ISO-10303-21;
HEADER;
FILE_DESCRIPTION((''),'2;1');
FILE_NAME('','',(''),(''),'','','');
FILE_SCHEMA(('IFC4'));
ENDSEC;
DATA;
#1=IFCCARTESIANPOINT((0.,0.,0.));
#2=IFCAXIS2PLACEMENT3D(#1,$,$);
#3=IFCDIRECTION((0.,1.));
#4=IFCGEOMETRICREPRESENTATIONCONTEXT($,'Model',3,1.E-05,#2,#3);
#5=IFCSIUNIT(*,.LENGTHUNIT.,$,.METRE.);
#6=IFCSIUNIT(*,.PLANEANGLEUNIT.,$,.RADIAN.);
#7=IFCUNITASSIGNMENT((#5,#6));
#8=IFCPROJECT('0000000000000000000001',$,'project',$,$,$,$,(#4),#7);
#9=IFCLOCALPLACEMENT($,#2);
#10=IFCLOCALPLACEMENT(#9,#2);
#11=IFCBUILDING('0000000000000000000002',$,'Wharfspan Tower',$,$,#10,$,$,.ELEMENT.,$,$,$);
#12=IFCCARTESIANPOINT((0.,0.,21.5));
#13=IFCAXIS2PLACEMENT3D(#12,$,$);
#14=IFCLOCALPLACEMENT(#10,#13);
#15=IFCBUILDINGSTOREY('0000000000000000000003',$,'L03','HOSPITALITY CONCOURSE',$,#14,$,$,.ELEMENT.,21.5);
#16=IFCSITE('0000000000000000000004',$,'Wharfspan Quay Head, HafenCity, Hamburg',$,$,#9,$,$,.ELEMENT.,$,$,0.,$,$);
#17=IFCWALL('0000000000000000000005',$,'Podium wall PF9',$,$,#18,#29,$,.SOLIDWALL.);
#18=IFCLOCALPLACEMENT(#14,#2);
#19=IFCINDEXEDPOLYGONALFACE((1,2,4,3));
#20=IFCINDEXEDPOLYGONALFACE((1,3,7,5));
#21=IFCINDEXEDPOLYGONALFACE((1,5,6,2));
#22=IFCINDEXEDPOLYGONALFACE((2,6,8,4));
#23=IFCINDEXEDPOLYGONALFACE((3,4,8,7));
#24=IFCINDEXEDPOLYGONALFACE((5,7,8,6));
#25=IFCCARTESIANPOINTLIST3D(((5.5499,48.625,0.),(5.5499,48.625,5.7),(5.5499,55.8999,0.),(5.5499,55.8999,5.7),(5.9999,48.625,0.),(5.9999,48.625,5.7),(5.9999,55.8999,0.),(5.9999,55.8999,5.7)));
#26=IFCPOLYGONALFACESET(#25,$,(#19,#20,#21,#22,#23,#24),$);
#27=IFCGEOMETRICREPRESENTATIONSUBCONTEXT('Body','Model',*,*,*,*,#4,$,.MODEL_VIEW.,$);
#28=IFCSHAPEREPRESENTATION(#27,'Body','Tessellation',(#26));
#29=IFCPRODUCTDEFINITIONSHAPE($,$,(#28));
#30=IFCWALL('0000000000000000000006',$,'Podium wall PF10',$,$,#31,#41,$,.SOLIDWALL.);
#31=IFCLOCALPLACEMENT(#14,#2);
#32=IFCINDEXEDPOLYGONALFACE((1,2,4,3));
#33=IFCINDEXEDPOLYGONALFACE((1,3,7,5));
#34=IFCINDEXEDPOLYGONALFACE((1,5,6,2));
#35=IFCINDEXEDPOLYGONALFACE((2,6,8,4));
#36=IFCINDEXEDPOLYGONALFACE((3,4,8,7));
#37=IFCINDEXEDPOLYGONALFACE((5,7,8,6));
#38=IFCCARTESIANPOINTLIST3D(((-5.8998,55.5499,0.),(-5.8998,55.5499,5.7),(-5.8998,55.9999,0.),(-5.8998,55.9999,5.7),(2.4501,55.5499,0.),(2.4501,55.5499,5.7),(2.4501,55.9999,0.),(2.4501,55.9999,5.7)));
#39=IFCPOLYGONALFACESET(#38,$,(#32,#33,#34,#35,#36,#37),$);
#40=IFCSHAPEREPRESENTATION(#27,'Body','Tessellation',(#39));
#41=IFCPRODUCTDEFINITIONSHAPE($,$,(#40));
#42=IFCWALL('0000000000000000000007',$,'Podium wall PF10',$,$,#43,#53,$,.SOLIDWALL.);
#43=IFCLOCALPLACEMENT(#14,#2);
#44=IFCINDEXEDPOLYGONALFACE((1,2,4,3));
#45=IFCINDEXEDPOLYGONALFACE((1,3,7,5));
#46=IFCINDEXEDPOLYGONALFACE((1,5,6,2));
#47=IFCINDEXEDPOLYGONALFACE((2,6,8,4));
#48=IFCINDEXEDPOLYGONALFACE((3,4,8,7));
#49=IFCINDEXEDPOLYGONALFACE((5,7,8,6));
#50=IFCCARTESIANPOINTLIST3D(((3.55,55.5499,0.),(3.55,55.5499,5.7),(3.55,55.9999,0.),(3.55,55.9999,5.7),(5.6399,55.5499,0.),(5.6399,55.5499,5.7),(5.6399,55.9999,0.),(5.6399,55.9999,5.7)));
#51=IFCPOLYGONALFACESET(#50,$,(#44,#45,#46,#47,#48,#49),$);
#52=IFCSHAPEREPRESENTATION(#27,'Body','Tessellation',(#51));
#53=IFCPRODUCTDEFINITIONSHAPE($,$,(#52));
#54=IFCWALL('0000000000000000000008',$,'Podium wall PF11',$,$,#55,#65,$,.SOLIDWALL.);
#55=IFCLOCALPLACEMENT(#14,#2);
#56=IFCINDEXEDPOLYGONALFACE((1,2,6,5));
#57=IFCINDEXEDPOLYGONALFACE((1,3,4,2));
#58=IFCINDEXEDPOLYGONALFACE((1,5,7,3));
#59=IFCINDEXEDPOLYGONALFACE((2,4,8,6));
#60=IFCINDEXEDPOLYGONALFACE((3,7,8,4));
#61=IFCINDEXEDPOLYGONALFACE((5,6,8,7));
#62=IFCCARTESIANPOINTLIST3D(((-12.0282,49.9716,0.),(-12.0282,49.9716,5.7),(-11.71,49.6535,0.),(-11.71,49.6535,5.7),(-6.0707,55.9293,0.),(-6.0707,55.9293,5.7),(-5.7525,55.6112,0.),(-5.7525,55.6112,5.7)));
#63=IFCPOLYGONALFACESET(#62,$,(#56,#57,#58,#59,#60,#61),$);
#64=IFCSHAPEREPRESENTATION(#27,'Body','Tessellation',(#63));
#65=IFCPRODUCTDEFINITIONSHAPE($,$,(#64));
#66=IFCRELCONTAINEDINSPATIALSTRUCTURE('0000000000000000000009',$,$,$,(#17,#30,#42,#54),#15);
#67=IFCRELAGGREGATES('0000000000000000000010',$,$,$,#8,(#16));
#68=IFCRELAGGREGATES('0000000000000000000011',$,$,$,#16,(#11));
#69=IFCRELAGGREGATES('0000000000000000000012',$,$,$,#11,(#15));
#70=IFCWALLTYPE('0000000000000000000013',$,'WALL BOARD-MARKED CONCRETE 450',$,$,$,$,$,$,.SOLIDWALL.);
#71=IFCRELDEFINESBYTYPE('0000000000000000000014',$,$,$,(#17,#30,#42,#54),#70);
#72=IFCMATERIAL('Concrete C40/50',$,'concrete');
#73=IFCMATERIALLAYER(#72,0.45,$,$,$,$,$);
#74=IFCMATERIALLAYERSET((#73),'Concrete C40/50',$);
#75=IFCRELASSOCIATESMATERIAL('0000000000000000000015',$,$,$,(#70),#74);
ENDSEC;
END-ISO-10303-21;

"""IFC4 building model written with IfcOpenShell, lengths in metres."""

from ifc_helpers import new_model, si_unit, direction, frame, frame_2d, origin, place, context, subcontext, project, spatial, rectangle, extrude, material, layer, layer_set, type_object, element, save


model = new_model("IFC4")

# Units and contexts
model_context = context("Model", 3, precision=1e-05, world=origin(), true_north=direction((0.0, 1.0)))
body_context = subcontext(model_context, "Body", "Model", "MODEL_VIEW")
ifc_project = project(units=[si_unit("LENGTHUNIT", "METRE"), si_unit("PLANEANGLEUNIT", "RADIAN")], contexts=[model_context])

# Site, building, storey
site_placement = place(None, origin())
site = spatial("IfcSite", under=ifc_project, at=site_placement, Name="Wharfspan Quay Head, HafenCity, Hamburg", CompositionType="ELEMENT", RefElevation=0.0)
building_placement = place(site_placement, origin())
building = spatial("IfcBuilding", under=site, at=building_placement, Name="Wharfspan Tower", CompositionType="ELEMENT")
storey_placement = place(building_placement, frame((0.0, 0.0, 21.5)))
storey = spatial("IfcBuildingStorey", under=building, at=storey_placement, Name="L03", Description="HOSPITALITY CONCOURSE", CompositionType="ELEMENT", Elevation=21.5)

# Walls
ifc_material_1 = material(Name="Concrete C40/50", Category="concrete")
ifc_layer_1 = layer(ifc_material_1, 0.45)
ifc_layer_set_1 = layer_set([ifc_layer_1], Name="Concrete C40/50")
wall_type_1 = type_object("IfcWallType", Name="WALL BOARD-MARKED CONCRETE 450", PredefinedType="SOLIDWALL", material=ifc_layer_set_1)
wall_1_placement = place(storey_placement, frame((5.7749, 48.625, 0.0), z_axis=(0.0, 0.0, 1.0), x_axis=(0.0, 1.0, 0.0)))
element("IfcWall", 1, at=wall_1_placement, inside=storey, type_object=wall_type_1, Name="Podium wall PF9", PredefinedType="SOLIDWALL", context=body_context, shape_type="SweptSolid", body=[
    extrude(rectangle(XDim=7.2749, YDim=0.45, at=frame_2d((3.6375, 0.0))), origin(), (0.0, 0.0, 1.0), 5.7),
])
wall_2_placement = place(storey_placement, frame((2.45, 55.7749, 0.0), z_axis=(0.0, 0.0, 1.0), x_axis=(-1.0, 0.0, 0.0)))
element("IfcWall", 2, at=wall_2_placement, inside=storey, type_object=wall_type_1, Name="Podium wall PF10", PredefinedType="SOLIDWALL", context=body_context, shape_type="SweptSolid", body=[
    extrude(rectangle(XDim=8.3499, YDim=0.45, at=frame_2d((4.1748, 0.0))), origin(), (0.0, 0.0, 1.0), 5.7),
])
wall_3_placement = place(storey_placement, frame((5.6399, 55.7749, 0.0), z_axis=(0.0, 0.0, 1.0), x_axis=(-1.0, 0.0, 0.0)))
element("IfcWall", 3, at=wall_3_placement, inside=storey, type_object=wall_type_1, Name="Podium wall PF10", PredefinedType="SOLIDWALL", context=body_context, shape_type="SweptSolid", body=[
    extrude(rectangle(XDim=2.0898, YDim=0.45, at=frame_2d((1.0449, 0.0))), origin(), (0.0, 0.0, 1.0), 5.7),
])
wall_4_placement = place(storey_placement, frame((-5.9116, 55.7703, 0.0), z_axis=(0.0, 0.0, 1.0), x_axis=(-0.707092, -0.707121, 0.0)))
element("IfcWall", 4, at=wall_4_placement, inside=storey, type_object=wall_type_1, Name="Podium wall PF11", PredefinedType="SOLIDWALL", context=body_context, shape_type="SweptSolid", body=[
    extrude(rectangle(XDim=8.4253, YDim=0.45, at=frame_2d((4.2126, 0.0))), origin(), (0.0, 0.0, 1.0), 5.7),
])

save(model, "model.ifc")
